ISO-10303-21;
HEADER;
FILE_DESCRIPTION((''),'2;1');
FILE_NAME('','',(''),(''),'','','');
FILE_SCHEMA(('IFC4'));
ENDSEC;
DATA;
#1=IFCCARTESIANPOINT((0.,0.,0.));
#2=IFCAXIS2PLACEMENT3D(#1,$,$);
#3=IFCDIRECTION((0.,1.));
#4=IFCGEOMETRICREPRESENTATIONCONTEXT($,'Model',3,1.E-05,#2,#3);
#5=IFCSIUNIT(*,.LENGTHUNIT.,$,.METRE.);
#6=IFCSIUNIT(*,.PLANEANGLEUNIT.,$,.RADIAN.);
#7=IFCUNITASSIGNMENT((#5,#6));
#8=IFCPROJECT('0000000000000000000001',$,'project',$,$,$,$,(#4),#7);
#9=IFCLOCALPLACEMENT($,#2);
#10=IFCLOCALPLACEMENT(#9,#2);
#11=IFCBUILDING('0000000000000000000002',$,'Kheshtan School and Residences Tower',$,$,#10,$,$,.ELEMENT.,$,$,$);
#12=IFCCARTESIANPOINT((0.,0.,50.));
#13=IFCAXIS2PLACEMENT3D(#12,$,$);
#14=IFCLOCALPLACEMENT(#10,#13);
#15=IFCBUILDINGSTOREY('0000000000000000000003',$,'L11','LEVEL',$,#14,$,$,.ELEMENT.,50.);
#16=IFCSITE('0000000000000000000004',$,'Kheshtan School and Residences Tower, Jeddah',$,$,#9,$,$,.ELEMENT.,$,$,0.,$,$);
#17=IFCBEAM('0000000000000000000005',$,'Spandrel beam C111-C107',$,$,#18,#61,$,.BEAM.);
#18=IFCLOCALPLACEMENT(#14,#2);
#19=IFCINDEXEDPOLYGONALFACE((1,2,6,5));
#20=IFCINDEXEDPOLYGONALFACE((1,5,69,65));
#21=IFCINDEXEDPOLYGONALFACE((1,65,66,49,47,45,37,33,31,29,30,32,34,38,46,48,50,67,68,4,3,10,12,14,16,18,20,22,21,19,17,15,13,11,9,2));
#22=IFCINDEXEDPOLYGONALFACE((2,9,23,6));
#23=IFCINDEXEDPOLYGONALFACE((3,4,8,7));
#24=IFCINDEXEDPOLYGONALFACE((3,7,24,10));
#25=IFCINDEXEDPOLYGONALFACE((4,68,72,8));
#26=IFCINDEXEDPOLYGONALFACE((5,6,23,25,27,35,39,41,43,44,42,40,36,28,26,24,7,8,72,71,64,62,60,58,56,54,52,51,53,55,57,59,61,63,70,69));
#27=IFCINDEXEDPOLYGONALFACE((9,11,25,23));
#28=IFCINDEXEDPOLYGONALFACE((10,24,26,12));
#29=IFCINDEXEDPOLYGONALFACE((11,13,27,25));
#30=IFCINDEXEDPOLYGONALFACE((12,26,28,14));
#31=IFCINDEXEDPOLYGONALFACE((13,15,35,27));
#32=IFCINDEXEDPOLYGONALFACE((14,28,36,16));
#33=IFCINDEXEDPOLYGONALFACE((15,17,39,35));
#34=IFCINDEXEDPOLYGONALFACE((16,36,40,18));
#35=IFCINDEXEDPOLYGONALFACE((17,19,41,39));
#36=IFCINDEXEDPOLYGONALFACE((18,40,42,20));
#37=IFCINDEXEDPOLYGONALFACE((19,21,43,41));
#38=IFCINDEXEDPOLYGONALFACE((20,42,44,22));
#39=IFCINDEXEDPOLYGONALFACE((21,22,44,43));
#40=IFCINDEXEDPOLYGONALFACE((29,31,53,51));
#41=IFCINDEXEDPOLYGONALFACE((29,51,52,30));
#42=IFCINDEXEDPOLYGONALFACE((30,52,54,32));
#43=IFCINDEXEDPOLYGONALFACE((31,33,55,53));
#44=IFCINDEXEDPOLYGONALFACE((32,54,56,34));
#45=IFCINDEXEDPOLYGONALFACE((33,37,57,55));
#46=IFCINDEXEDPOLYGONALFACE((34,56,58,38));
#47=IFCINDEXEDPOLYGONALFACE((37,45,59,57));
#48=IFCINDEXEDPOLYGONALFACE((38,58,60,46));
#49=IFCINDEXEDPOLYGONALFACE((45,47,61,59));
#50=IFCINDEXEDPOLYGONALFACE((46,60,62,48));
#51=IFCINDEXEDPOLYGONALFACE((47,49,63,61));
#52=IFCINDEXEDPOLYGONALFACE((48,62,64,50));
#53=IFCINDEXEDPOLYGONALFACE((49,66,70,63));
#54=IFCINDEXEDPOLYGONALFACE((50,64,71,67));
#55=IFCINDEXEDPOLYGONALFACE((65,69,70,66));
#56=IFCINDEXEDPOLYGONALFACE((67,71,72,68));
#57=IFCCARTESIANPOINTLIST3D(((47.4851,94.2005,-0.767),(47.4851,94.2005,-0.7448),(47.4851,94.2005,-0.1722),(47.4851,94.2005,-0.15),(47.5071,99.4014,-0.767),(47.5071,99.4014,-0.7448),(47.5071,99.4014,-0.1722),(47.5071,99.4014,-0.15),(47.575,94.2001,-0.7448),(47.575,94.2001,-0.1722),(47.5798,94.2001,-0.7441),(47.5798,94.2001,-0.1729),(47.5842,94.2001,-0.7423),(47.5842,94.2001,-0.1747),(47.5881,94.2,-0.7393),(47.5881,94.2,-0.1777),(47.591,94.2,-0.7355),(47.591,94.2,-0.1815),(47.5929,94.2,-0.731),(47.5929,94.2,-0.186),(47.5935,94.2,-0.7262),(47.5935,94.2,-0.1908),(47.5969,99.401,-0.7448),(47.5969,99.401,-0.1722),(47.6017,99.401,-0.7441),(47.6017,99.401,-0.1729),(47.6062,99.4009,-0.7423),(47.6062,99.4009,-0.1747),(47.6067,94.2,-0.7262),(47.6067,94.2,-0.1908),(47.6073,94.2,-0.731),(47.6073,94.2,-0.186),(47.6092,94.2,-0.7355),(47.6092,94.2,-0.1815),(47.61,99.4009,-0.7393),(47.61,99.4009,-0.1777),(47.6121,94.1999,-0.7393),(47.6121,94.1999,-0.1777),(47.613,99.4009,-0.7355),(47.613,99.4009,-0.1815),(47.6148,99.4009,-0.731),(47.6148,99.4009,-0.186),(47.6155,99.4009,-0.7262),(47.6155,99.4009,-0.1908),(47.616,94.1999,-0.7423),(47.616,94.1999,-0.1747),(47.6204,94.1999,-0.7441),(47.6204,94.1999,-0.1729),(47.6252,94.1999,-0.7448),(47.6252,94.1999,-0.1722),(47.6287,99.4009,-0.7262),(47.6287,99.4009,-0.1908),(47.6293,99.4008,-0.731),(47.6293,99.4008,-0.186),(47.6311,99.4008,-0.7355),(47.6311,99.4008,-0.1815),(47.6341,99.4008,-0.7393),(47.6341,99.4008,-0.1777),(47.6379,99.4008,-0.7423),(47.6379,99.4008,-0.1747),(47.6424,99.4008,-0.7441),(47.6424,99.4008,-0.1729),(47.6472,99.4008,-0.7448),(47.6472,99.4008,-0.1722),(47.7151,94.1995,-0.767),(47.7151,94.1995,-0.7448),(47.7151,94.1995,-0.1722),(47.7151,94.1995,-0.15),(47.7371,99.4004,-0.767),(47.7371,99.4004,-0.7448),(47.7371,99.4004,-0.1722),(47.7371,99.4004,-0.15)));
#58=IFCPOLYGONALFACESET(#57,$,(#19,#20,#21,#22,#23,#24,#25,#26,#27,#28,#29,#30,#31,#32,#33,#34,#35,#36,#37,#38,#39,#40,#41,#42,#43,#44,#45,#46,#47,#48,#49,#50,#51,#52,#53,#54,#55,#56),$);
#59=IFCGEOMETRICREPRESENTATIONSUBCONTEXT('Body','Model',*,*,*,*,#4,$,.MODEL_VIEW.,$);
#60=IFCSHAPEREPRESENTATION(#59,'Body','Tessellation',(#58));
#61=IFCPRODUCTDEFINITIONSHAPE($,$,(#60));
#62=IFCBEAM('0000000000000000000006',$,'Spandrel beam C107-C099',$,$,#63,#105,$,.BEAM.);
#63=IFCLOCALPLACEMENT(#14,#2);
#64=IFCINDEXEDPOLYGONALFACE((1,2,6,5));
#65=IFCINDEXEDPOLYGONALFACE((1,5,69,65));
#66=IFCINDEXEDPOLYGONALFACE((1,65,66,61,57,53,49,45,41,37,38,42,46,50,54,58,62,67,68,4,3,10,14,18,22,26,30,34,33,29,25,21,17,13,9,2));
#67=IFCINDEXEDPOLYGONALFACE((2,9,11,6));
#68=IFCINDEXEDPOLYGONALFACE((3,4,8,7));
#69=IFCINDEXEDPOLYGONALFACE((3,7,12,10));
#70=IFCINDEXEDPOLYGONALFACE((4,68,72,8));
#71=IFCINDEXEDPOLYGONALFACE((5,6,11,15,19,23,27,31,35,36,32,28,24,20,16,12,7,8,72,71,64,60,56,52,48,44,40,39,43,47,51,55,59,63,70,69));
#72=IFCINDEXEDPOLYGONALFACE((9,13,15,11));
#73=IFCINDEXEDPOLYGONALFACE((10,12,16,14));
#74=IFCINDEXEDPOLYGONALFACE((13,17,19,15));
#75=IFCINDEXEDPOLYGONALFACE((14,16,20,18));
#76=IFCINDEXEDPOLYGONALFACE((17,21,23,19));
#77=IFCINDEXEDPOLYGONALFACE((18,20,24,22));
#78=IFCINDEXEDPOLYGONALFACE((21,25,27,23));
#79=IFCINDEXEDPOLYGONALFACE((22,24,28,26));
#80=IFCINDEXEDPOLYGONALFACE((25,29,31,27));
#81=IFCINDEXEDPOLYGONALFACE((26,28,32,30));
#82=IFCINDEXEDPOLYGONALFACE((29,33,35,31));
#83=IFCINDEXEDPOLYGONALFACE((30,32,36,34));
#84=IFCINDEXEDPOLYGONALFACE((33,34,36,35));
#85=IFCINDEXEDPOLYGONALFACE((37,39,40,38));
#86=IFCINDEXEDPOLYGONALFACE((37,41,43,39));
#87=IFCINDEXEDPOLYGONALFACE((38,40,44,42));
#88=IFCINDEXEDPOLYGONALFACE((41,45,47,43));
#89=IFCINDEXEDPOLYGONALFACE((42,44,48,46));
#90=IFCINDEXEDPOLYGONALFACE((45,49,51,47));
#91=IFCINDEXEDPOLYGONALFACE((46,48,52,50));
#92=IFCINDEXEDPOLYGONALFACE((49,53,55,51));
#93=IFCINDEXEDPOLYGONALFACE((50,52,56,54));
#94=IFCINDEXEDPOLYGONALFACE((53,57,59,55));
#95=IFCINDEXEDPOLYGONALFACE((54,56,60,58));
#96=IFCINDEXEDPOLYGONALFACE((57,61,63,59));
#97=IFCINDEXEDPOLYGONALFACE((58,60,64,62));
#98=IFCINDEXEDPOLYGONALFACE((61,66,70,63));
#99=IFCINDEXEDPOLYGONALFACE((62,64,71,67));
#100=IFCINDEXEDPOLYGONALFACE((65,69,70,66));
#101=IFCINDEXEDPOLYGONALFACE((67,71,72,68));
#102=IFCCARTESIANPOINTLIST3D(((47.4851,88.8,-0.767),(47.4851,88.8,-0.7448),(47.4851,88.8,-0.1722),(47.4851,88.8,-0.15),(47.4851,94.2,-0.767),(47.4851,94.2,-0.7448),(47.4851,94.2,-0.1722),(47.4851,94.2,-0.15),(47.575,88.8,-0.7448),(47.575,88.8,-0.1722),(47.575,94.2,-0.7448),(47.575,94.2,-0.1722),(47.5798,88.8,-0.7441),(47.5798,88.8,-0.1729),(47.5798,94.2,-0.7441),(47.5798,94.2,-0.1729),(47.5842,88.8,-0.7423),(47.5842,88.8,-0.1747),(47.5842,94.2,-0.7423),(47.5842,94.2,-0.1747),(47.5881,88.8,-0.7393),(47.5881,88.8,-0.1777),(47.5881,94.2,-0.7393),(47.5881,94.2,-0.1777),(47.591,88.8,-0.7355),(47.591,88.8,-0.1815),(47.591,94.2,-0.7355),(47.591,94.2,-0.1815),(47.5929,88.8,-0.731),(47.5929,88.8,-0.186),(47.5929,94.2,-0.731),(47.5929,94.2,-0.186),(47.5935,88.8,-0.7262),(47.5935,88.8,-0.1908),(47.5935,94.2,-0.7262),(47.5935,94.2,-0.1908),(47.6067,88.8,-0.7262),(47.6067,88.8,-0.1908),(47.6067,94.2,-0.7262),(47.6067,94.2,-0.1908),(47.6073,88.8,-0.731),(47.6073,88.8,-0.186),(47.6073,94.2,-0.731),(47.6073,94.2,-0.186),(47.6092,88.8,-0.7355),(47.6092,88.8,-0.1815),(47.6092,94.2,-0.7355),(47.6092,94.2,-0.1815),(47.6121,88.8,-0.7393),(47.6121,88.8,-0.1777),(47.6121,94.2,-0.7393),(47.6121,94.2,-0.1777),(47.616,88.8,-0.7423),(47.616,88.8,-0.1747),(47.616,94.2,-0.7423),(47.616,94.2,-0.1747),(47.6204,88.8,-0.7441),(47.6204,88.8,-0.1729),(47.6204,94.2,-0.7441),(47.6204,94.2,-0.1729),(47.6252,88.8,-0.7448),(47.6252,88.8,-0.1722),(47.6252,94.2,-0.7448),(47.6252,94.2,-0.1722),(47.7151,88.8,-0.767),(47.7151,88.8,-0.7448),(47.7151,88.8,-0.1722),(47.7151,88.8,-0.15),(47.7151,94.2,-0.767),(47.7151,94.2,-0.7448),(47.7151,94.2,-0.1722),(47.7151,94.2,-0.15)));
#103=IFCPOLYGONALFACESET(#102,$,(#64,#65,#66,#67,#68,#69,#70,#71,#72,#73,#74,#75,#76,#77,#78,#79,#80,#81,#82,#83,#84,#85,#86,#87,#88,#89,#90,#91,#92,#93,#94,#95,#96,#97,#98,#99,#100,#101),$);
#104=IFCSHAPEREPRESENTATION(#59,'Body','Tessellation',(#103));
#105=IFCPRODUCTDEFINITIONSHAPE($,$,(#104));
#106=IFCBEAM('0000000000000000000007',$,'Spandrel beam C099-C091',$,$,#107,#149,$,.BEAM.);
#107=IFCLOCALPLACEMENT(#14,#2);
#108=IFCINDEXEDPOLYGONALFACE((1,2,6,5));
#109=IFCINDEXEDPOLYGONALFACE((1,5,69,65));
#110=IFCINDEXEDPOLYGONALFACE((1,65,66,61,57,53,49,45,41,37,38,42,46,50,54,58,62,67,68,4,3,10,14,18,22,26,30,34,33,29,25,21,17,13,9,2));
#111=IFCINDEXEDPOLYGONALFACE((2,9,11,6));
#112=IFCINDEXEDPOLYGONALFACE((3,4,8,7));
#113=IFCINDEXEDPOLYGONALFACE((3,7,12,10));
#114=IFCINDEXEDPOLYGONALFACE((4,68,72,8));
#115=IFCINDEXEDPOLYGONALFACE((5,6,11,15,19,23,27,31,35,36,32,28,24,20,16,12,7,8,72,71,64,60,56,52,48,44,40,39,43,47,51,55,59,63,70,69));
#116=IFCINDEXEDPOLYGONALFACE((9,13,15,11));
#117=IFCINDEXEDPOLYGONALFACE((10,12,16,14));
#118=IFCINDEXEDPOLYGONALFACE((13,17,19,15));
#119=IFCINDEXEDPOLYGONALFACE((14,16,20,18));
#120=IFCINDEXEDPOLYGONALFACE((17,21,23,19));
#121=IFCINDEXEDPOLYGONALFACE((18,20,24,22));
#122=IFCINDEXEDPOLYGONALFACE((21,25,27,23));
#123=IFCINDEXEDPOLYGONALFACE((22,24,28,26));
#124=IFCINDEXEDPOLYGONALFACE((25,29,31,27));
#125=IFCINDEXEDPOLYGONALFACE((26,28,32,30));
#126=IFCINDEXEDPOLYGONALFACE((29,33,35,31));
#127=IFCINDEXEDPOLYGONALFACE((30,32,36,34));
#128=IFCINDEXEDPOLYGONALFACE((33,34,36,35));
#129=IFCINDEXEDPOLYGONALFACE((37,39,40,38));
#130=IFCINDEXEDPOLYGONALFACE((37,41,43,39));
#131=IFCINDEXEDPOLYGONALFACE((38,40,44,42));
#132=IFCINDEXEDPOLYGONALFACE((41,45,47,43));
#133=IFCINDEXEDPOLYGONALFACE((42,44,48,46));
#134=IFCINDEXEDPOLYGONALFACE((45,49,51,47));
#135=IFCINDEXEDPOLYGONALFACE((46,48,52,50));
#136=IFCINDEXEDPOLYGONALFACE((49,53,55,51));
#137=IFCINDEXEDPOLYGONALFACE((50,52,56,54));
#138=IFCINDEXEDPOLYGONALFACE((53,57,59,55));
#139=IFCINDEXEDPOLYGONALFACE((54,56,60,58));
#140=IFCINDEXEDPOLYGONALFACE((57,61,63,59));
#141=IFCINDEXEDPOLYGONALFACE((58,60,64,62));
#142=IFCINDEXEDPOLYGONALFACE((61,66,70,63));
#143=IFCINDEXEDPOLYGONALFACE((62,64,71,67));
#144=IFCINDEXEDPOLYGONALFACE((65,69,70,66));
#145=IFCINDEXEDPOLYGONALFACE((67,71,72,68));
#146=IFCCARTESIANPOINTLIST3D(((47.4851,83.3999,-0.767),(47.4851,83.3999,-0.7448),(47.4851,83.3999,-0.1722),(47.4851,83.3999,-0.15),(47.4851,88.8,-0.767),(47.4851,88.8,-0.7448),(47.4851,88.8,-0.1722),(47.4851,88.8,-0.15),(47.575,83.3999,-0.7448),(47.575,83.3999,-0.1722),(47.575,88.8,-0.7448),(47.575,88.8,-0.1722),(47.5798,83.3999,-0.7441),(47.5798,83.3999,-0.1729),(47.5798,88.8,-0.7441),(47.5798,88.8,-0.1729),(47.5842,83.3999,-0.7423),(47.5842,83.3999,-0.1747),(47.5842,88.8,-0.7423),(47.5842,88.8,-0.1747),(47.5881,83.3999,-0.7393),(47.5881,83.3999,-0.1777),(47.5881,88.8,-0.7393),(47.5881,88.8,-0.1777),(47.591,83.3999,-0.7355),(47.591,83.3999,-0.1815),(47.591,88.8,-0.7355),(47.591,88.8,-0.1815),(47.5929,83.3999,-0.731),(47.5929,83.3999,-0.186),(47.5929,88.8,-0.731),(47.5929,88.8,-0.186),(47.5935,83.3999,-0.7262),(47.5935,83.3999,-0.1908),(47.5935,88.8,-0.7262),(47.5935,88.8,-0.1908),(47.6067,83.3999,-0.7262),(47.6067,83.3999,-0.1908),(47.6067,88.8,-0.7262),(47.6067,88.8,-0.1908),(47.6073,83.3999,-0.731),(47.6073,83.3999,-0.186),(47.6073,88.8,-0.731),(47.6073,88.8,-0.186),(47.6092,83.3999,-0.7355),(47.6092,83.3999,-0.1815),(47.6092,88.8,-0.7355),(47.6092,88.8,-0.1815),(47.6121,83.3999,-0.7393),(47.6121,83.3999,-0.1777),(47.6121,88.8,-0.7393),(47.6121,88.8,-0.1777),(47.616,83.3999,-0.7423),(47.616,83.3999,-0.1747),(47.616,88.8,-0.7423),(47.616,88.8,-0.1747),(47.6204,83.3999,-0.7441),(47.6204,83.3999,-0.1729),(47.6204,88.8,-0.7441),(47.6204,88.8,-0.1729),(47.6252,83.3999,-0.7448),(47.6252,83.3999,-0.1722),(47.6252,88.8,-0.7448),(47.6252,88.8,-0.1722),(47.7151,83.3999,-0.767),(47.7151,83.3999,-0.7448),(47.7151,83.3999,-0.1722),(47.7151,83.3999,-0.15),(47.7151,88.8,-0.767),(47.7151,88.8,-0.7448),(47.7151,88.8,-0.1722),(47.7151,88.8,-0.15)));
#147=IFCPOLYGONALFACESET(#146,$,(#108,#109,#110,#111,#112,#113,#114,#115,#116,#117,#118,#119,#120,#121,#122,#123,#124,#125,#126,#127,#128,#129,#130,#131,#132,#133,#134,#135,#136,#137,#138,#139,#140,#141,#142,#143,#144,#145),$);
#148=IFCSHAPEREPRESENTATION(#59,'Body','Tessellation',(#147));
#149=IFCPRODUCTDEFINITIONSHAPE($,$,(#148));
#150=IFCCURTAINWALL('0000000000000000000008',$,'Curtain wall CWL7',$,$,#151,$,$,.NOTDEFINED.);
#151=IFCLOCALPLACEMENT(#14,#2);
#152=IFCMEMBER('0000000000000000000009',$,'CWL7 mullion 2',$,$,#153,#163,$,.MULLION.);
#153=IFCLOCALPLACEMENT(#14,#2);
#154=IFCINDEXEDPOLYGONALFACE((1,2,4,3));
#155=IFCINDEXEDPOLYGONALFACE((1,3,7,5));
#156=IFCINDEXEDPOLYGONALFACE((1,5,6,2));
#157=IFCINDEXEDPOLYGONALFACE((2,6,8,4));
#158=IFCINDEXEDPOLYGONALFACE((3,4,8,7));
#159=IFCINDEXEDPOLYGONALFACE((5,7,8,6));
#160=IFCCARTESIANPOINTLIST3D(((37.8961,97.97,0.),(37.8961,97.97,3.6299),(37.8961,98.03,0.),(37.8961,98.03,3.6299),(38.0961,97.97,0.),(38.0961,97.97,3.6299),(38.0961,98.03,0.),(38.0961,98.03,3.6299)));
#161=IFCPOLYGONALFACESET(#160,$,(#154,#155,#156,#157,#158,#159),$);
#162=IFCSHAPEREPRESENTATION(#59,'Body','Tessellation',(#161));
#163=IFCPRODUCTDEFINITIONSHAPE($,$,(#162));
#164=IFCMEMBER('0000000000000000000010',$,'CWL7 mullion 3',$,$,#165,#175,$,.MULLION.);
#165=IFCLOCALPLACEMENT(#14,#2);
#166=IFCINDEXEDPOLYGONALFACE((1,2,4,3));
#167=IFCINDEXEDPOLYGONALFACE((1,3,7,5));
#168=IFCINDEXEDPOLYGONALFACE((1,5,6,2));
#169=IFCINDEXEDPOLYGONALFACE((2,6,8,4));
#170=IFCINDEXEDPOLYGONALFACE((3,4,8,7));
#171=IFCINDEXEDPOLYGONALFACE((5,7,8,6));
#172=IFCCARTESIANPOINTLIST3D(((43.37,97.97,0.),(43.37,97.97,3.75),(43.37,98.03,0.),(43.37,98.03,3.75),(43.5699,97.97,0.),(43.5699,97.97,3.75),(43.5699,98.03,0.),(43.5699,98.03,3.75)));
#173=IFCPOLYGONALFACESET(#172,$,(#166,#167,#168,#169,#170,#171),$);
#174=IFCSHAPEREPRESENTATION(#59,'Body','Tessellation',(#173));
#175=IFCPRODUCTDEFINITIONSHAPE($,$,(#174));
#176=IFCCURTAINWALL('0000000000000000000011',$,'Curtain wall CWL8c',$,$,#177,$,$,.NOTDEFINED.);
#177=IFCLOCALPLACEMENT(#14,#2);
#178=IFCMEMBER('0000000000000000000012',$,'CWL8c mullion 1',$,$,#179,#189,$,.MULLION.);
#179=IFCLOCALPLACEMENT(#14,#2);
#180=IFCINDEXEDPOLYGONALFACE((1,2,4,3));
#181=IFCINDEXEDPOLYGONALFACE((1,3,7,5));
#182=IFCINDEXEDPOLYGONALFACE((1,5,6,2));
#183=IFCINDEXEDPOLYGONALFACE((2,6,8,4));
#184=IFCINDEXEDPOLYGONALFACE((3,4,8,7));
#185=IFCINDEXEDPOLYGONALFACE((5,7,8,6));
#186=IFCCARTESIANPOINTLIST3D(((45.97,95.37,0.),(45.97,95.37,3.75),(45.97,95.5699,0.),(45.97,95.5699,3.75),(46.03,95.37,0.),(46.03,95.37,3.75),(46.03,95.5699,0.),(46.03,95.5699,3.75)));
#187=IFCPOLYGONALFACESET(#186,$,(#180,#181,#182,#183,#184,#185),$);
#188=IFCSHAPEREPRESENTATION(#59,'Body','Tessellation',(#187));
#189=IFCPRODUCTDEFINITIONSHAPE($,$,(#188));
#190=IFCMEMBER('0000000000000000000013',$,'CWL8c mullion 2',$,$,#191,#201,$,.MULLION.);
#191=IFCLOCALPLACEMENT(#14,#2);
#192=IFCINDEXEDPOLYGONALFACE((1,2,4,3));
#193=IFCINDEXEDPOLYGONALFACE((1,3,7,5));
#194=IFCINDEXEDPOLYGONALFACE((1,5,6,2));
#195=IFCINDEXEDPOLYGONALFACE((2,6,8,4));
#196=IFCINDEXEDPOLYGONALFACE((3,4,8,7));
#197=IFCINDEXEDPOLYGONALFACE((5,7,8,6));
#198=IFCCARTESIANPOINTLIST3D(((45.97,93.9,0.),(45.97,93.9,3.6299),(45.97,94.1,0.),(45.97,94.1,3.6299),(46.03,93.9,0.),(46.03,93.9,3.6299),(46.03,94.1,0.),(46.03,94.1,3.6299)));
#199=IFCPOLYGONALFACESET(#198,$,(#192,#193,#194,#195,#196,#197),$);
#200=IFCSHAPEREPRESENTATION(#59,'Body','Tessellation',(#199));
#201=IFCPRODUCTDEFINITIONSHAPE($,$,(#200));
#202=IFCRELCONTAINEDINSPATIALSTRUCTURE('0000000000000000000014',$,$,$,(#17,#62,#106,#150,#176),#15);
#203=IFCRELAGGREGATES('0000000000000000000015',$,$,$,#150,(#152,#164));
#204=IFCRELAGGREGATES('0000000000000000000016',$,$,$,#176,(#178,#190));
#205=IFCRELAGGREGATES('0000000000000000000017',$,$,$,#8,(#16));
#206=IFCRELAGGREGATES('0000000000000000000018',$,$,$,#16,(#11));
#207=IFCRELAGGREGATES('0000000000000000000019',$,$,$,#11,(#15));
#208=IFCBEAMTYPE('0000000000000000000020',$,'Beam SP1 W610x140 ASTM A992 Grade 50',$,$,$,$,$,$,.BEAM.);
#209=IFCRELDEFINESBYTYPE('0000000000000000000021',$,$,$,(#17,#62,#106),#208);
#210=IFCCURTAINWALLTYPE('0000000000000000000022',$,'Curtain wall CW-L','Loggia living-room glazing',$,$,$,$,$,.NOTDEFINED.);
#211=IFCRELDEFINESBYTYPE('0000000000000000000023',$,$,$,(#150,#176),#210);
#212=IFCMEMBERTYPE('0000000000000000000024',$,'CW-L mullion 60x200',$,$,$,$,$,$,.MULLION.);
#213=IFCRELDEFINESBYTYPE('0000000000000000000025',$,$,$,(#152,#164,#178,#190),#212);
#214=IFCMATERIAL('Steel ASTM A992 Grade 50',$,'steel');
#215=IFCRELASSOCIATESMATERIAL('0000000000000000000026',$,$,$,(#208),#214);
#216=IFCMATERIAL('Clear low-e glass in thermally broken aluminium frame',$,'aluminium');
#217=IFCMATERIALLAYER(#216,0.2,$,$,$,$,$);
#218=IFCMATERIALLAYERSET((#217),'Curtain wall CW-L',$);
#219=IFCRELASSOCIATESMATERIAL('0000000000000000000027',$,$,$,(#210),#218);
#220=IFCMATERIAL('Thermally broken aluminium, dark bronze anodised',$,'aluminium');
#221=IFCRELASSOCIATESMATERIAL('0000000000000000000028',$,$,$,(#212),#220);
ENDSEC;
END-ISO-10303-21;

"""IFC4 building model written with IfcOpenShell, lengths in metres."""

from ifc_helpers import new_model, si_unit, direction, frame, origin, origin_2d, place, context, subcontext, project, spatial, rectangle, i_section, extrude, material, layer, layer_set, material_profile, profile_set, type_object, element, aggregate, save


model = new_model("IFC4")

# Units and contexts
model_context = context("Model", 3, precision=1e-05, world=origin(), true_north=direction((0.0, 1.0)))
body_context = subcontext(model_context, "Body", "Model", "MODEL_VIEW")
ifc_project = project(units=[si_unit("LENGTHUNIT", "METRE"), si_unit("PLANEANGLEUNIT", "RADIAN")], contexts=[model_context])

# Site, building, storey
site_placement = place(None, origin())
site = spatial("IfcSite", under=ifc_project, at=site_placement, Name="Kheshtan School and Residences Tower, Jeddah", CompositionType="ELEMENT", RefElevation=0.0)
building_placement = place(site_placement, origin())
building = spatial("IfcBuilding", under=site, at=building_placement, Name="Kheshtan School and Residences Tower", CompositionType="ELEMENT")
storey_placement = place(building_placement, frame((0.0, 0.0, 50.0)))
storey = spatial("IfcBuildingStorey", under=building, at=storey_placement, Name="L11", Description="LEVEL", CompositionType="ELEMENT", Elevation=50.0)

# Shared definitions
ifc_material_1 = material(Name="Steel ASTM A992 Grade 50", Category="steel")

# Beams
ifc_material_profile_1 = material_profile(ifc_material_1, i_section(OverallWidth=0.23, OverallDepth=0.6169, WebThickness=0.0132, FlangeThickness=0.0222, FilletRadius=0.0186, at=origin_2d()), Name="W610x140")
ifc_profile_set_1 = profile_set([ifc_material_profile_1], Name="Steel ASTM A992 Grade 50")
beam_type_1 = type_object("IfcBeamType", Name="Beam SP1 W610x140 ASTM A992 Grade 50", PredefinedType="BEAM", material=ifc_profile_set_1)
beam_1_placement = place(storey_placement, frame((47.6221, 99.4009, -0.4585), z_axis=(-0.004225, -0.999991, 0.0), x_axis=(0.999991, -0.004225, 0.0)))
element("IfcBeam", 1, at=beam_1_placement, inside=storey, type_object=beam_type_1, Name="Spandrel beam C111-C107", PredefinedType="BEAM", context=body_context, shape_type="SweptSolid", body=[
    extrude(i_section(OverallWidth=0.23, OverallDepth=0.6169, WebThickness=0.0132, FlangeThickness=0.0222, FilletRadius=0.0186, at=origin_2d()), origin(), (0.0, 0.0, 1.0), 5.2009),
])
beam_2_placement = place(storey_placement, frame((47.6001, 94.2, -0.4585), z_axis=(0.0, -1.0, 0.0), x_axis=(1.0, 0.0, 0.0)))
element("IfcBeam", 2, at=beam_2_placement, inside=storey, type_object=beam_type_1, Name="Spandrel beam C107-C099", PredefinedType="BEAM", context=body_context, shape_type="SweptSolid", body=[
    extrude(i_section(OverallWidth=0.23, OverallDepth=0.6169, WebThickness=0.0132, FlangeThickness=0.0222, FilletRadius=0.0186, at=origin_2d()), origin(), (0.0, 0.0, 1.0), 5.3999),
])
beam_3_placement = place(storey_placement, frame((47.6001, 88.8, -0.4585), z_axis=(0.0, -1.0, 0.0), x_axis=(1.0, 0.0, 0.0)))
element("IfcBeam", 3, at=beam_3_placement, inside=storey, type_object=beam_type_1, Name="Spandrel beam C099-C091", PredefinedType="BEAM", context=body_context, shape_type="SweptSolid", body=[
    extrude(i_section(OverallWidth=0.23, OverallDepth=0.6169, WebThickness=0.0132, FlangeThickness=0.0222, FilletRadius=0.0186, at=origin_2d()), origin(), (0.0, 0.0, 1.0), 5.4001),
])

# Curtain walls, members
ifc_material_2 = material(Name="Clear low-e glass in thermally broken aluminium frame", Category="aluminium")
ifc_layer_1 = layer(ifc_material_2, 0.2)
ifc_layer_set_1 = layer_set([ifc_layer_1], Name="Curtain wall CW-L")
curtain_wall_type = type_object("IfcCurtainWallType", Name="Curtain wall CW-L", Description="Loggia living-room glazing", PredefinedType="NOTDEFINED", material=ifc_layer_set_1)
curtain_wall_1_placement = place(storey_placement, origin())
curtain_wall_1 = element("IfcCurtainWall", 4, at=curtain_wall_1_placement, inside=storey, type_object=curtain_wall_type, Name="Curtain wall CWL7", PredefinedType="NOTDEFINED")
ifc_material_3 = material(Name="Thermally broken aluminium, dark bronze anodised", Category="aluminium")
ifc_material_profile_2 = material_profile(ifc_material_3, rectangle(XDim=0.0601, YDim=0.2, at=origin_2d()), Name="CW-L mullion 60x200")
ifc_profile_set_2 = profile_set([ifc_material_profile_2], Name="Thermally broken aluminium, dark bronze anodised")
member_type_1 = type_object("IfcMemberType", Name="CW-L mullion 60x200", PredefinedType="MULLION", material=ifc_profile_set_2)
member_1_placement = place(storey_placement, frame((37.9961, 98.0, 0.0), z_axis=(0.0, 0.0, 1.0), x_axis=(0.0, 1.0, 0.0)))
member_1 = element("IfcMember", 5, at=member_1_placement, type_object=member_type_1, Name="CWL7 mullion 2", PredefinedType="MULLION", context=body_context, shape_type="SweptSolid", body=[
    extrude(rectangle(XDim=0.0601, YDim=0.2, at=origin_2d()), origin(), (0.0, 0.0, 1.0), 3.6299),
])
member_2_placement = place(storey_placement, frame((43.47, 98.0, 0.0), z_axis=(0.0, 0.0, 1.0), x_axis=(0.0, 1.0, 0.0)))
member_2 = element("IfcMember", 6, at=member_2_placement, type_object=member_type_1, Name="CWL7 mullion 3", PredefinedType="MULLION", context=body_context, shape_type="SweptSolid", body=[
    extrude(rectangle(XDim=0.0601, YDim=0.2, at=origin_2d()), origin(), (0.0, 0.0, 1.0), 3.75),
])
curtain_wall_2_placement = place(storey_placement, origin())
curtain_wall_2 = element("IfcCurtainWall", 7, at=curtain_wall_2_placement, inside=storey, type_object=curtain_wall_type, Name="Curtain wall CWL8c", PredefinedType="NOTDEFINED")
member_3_placement = place(storey_placement, frame((46.0, 95.47, 0.0), z_axis=(0.0, 0.0, 1.0), x_axis=(1.0, 0.0, 0.0)))
member_3 = element("IfcMember", 8, at=member_3_placement, type_object=member_type_1, Name="CWL8c mullion 1", PredefinedType="MULLION", context=body_context, shape_type="SweptSolid", body=[
    extrude(rectangle(XDim=0.0601, YDim=0.2, at=origin_2d()), origin(), (0.0, 0.0, 1.0), 3.75),
])
member_4_placement = place(storey_placement, frame((46.0, 94.0, 0.0), z_axis=(0.0, 0.0, 1.0), x_axis=(1.0, 0.0, 0.0)))
member_4 = element("IfcMember", 9, at=member_4_placement, type_object=member_type_1, Name="CWL8c mullion 2", PredefinedType="MULLION", context=body_context, shape_type="SweptSolid", body=[
    extrude(rectangle(XDim=0.0601, YDim=0.2, at=origin_2d()), origin(), (0.0, 0.0, 1.0), 3.6299),
])

aggregate(curtain_wall_1, [member_1, member_2])
aggregate(curtain_wall_2, [member_3, member_4])

save(model, "model.ifc")
